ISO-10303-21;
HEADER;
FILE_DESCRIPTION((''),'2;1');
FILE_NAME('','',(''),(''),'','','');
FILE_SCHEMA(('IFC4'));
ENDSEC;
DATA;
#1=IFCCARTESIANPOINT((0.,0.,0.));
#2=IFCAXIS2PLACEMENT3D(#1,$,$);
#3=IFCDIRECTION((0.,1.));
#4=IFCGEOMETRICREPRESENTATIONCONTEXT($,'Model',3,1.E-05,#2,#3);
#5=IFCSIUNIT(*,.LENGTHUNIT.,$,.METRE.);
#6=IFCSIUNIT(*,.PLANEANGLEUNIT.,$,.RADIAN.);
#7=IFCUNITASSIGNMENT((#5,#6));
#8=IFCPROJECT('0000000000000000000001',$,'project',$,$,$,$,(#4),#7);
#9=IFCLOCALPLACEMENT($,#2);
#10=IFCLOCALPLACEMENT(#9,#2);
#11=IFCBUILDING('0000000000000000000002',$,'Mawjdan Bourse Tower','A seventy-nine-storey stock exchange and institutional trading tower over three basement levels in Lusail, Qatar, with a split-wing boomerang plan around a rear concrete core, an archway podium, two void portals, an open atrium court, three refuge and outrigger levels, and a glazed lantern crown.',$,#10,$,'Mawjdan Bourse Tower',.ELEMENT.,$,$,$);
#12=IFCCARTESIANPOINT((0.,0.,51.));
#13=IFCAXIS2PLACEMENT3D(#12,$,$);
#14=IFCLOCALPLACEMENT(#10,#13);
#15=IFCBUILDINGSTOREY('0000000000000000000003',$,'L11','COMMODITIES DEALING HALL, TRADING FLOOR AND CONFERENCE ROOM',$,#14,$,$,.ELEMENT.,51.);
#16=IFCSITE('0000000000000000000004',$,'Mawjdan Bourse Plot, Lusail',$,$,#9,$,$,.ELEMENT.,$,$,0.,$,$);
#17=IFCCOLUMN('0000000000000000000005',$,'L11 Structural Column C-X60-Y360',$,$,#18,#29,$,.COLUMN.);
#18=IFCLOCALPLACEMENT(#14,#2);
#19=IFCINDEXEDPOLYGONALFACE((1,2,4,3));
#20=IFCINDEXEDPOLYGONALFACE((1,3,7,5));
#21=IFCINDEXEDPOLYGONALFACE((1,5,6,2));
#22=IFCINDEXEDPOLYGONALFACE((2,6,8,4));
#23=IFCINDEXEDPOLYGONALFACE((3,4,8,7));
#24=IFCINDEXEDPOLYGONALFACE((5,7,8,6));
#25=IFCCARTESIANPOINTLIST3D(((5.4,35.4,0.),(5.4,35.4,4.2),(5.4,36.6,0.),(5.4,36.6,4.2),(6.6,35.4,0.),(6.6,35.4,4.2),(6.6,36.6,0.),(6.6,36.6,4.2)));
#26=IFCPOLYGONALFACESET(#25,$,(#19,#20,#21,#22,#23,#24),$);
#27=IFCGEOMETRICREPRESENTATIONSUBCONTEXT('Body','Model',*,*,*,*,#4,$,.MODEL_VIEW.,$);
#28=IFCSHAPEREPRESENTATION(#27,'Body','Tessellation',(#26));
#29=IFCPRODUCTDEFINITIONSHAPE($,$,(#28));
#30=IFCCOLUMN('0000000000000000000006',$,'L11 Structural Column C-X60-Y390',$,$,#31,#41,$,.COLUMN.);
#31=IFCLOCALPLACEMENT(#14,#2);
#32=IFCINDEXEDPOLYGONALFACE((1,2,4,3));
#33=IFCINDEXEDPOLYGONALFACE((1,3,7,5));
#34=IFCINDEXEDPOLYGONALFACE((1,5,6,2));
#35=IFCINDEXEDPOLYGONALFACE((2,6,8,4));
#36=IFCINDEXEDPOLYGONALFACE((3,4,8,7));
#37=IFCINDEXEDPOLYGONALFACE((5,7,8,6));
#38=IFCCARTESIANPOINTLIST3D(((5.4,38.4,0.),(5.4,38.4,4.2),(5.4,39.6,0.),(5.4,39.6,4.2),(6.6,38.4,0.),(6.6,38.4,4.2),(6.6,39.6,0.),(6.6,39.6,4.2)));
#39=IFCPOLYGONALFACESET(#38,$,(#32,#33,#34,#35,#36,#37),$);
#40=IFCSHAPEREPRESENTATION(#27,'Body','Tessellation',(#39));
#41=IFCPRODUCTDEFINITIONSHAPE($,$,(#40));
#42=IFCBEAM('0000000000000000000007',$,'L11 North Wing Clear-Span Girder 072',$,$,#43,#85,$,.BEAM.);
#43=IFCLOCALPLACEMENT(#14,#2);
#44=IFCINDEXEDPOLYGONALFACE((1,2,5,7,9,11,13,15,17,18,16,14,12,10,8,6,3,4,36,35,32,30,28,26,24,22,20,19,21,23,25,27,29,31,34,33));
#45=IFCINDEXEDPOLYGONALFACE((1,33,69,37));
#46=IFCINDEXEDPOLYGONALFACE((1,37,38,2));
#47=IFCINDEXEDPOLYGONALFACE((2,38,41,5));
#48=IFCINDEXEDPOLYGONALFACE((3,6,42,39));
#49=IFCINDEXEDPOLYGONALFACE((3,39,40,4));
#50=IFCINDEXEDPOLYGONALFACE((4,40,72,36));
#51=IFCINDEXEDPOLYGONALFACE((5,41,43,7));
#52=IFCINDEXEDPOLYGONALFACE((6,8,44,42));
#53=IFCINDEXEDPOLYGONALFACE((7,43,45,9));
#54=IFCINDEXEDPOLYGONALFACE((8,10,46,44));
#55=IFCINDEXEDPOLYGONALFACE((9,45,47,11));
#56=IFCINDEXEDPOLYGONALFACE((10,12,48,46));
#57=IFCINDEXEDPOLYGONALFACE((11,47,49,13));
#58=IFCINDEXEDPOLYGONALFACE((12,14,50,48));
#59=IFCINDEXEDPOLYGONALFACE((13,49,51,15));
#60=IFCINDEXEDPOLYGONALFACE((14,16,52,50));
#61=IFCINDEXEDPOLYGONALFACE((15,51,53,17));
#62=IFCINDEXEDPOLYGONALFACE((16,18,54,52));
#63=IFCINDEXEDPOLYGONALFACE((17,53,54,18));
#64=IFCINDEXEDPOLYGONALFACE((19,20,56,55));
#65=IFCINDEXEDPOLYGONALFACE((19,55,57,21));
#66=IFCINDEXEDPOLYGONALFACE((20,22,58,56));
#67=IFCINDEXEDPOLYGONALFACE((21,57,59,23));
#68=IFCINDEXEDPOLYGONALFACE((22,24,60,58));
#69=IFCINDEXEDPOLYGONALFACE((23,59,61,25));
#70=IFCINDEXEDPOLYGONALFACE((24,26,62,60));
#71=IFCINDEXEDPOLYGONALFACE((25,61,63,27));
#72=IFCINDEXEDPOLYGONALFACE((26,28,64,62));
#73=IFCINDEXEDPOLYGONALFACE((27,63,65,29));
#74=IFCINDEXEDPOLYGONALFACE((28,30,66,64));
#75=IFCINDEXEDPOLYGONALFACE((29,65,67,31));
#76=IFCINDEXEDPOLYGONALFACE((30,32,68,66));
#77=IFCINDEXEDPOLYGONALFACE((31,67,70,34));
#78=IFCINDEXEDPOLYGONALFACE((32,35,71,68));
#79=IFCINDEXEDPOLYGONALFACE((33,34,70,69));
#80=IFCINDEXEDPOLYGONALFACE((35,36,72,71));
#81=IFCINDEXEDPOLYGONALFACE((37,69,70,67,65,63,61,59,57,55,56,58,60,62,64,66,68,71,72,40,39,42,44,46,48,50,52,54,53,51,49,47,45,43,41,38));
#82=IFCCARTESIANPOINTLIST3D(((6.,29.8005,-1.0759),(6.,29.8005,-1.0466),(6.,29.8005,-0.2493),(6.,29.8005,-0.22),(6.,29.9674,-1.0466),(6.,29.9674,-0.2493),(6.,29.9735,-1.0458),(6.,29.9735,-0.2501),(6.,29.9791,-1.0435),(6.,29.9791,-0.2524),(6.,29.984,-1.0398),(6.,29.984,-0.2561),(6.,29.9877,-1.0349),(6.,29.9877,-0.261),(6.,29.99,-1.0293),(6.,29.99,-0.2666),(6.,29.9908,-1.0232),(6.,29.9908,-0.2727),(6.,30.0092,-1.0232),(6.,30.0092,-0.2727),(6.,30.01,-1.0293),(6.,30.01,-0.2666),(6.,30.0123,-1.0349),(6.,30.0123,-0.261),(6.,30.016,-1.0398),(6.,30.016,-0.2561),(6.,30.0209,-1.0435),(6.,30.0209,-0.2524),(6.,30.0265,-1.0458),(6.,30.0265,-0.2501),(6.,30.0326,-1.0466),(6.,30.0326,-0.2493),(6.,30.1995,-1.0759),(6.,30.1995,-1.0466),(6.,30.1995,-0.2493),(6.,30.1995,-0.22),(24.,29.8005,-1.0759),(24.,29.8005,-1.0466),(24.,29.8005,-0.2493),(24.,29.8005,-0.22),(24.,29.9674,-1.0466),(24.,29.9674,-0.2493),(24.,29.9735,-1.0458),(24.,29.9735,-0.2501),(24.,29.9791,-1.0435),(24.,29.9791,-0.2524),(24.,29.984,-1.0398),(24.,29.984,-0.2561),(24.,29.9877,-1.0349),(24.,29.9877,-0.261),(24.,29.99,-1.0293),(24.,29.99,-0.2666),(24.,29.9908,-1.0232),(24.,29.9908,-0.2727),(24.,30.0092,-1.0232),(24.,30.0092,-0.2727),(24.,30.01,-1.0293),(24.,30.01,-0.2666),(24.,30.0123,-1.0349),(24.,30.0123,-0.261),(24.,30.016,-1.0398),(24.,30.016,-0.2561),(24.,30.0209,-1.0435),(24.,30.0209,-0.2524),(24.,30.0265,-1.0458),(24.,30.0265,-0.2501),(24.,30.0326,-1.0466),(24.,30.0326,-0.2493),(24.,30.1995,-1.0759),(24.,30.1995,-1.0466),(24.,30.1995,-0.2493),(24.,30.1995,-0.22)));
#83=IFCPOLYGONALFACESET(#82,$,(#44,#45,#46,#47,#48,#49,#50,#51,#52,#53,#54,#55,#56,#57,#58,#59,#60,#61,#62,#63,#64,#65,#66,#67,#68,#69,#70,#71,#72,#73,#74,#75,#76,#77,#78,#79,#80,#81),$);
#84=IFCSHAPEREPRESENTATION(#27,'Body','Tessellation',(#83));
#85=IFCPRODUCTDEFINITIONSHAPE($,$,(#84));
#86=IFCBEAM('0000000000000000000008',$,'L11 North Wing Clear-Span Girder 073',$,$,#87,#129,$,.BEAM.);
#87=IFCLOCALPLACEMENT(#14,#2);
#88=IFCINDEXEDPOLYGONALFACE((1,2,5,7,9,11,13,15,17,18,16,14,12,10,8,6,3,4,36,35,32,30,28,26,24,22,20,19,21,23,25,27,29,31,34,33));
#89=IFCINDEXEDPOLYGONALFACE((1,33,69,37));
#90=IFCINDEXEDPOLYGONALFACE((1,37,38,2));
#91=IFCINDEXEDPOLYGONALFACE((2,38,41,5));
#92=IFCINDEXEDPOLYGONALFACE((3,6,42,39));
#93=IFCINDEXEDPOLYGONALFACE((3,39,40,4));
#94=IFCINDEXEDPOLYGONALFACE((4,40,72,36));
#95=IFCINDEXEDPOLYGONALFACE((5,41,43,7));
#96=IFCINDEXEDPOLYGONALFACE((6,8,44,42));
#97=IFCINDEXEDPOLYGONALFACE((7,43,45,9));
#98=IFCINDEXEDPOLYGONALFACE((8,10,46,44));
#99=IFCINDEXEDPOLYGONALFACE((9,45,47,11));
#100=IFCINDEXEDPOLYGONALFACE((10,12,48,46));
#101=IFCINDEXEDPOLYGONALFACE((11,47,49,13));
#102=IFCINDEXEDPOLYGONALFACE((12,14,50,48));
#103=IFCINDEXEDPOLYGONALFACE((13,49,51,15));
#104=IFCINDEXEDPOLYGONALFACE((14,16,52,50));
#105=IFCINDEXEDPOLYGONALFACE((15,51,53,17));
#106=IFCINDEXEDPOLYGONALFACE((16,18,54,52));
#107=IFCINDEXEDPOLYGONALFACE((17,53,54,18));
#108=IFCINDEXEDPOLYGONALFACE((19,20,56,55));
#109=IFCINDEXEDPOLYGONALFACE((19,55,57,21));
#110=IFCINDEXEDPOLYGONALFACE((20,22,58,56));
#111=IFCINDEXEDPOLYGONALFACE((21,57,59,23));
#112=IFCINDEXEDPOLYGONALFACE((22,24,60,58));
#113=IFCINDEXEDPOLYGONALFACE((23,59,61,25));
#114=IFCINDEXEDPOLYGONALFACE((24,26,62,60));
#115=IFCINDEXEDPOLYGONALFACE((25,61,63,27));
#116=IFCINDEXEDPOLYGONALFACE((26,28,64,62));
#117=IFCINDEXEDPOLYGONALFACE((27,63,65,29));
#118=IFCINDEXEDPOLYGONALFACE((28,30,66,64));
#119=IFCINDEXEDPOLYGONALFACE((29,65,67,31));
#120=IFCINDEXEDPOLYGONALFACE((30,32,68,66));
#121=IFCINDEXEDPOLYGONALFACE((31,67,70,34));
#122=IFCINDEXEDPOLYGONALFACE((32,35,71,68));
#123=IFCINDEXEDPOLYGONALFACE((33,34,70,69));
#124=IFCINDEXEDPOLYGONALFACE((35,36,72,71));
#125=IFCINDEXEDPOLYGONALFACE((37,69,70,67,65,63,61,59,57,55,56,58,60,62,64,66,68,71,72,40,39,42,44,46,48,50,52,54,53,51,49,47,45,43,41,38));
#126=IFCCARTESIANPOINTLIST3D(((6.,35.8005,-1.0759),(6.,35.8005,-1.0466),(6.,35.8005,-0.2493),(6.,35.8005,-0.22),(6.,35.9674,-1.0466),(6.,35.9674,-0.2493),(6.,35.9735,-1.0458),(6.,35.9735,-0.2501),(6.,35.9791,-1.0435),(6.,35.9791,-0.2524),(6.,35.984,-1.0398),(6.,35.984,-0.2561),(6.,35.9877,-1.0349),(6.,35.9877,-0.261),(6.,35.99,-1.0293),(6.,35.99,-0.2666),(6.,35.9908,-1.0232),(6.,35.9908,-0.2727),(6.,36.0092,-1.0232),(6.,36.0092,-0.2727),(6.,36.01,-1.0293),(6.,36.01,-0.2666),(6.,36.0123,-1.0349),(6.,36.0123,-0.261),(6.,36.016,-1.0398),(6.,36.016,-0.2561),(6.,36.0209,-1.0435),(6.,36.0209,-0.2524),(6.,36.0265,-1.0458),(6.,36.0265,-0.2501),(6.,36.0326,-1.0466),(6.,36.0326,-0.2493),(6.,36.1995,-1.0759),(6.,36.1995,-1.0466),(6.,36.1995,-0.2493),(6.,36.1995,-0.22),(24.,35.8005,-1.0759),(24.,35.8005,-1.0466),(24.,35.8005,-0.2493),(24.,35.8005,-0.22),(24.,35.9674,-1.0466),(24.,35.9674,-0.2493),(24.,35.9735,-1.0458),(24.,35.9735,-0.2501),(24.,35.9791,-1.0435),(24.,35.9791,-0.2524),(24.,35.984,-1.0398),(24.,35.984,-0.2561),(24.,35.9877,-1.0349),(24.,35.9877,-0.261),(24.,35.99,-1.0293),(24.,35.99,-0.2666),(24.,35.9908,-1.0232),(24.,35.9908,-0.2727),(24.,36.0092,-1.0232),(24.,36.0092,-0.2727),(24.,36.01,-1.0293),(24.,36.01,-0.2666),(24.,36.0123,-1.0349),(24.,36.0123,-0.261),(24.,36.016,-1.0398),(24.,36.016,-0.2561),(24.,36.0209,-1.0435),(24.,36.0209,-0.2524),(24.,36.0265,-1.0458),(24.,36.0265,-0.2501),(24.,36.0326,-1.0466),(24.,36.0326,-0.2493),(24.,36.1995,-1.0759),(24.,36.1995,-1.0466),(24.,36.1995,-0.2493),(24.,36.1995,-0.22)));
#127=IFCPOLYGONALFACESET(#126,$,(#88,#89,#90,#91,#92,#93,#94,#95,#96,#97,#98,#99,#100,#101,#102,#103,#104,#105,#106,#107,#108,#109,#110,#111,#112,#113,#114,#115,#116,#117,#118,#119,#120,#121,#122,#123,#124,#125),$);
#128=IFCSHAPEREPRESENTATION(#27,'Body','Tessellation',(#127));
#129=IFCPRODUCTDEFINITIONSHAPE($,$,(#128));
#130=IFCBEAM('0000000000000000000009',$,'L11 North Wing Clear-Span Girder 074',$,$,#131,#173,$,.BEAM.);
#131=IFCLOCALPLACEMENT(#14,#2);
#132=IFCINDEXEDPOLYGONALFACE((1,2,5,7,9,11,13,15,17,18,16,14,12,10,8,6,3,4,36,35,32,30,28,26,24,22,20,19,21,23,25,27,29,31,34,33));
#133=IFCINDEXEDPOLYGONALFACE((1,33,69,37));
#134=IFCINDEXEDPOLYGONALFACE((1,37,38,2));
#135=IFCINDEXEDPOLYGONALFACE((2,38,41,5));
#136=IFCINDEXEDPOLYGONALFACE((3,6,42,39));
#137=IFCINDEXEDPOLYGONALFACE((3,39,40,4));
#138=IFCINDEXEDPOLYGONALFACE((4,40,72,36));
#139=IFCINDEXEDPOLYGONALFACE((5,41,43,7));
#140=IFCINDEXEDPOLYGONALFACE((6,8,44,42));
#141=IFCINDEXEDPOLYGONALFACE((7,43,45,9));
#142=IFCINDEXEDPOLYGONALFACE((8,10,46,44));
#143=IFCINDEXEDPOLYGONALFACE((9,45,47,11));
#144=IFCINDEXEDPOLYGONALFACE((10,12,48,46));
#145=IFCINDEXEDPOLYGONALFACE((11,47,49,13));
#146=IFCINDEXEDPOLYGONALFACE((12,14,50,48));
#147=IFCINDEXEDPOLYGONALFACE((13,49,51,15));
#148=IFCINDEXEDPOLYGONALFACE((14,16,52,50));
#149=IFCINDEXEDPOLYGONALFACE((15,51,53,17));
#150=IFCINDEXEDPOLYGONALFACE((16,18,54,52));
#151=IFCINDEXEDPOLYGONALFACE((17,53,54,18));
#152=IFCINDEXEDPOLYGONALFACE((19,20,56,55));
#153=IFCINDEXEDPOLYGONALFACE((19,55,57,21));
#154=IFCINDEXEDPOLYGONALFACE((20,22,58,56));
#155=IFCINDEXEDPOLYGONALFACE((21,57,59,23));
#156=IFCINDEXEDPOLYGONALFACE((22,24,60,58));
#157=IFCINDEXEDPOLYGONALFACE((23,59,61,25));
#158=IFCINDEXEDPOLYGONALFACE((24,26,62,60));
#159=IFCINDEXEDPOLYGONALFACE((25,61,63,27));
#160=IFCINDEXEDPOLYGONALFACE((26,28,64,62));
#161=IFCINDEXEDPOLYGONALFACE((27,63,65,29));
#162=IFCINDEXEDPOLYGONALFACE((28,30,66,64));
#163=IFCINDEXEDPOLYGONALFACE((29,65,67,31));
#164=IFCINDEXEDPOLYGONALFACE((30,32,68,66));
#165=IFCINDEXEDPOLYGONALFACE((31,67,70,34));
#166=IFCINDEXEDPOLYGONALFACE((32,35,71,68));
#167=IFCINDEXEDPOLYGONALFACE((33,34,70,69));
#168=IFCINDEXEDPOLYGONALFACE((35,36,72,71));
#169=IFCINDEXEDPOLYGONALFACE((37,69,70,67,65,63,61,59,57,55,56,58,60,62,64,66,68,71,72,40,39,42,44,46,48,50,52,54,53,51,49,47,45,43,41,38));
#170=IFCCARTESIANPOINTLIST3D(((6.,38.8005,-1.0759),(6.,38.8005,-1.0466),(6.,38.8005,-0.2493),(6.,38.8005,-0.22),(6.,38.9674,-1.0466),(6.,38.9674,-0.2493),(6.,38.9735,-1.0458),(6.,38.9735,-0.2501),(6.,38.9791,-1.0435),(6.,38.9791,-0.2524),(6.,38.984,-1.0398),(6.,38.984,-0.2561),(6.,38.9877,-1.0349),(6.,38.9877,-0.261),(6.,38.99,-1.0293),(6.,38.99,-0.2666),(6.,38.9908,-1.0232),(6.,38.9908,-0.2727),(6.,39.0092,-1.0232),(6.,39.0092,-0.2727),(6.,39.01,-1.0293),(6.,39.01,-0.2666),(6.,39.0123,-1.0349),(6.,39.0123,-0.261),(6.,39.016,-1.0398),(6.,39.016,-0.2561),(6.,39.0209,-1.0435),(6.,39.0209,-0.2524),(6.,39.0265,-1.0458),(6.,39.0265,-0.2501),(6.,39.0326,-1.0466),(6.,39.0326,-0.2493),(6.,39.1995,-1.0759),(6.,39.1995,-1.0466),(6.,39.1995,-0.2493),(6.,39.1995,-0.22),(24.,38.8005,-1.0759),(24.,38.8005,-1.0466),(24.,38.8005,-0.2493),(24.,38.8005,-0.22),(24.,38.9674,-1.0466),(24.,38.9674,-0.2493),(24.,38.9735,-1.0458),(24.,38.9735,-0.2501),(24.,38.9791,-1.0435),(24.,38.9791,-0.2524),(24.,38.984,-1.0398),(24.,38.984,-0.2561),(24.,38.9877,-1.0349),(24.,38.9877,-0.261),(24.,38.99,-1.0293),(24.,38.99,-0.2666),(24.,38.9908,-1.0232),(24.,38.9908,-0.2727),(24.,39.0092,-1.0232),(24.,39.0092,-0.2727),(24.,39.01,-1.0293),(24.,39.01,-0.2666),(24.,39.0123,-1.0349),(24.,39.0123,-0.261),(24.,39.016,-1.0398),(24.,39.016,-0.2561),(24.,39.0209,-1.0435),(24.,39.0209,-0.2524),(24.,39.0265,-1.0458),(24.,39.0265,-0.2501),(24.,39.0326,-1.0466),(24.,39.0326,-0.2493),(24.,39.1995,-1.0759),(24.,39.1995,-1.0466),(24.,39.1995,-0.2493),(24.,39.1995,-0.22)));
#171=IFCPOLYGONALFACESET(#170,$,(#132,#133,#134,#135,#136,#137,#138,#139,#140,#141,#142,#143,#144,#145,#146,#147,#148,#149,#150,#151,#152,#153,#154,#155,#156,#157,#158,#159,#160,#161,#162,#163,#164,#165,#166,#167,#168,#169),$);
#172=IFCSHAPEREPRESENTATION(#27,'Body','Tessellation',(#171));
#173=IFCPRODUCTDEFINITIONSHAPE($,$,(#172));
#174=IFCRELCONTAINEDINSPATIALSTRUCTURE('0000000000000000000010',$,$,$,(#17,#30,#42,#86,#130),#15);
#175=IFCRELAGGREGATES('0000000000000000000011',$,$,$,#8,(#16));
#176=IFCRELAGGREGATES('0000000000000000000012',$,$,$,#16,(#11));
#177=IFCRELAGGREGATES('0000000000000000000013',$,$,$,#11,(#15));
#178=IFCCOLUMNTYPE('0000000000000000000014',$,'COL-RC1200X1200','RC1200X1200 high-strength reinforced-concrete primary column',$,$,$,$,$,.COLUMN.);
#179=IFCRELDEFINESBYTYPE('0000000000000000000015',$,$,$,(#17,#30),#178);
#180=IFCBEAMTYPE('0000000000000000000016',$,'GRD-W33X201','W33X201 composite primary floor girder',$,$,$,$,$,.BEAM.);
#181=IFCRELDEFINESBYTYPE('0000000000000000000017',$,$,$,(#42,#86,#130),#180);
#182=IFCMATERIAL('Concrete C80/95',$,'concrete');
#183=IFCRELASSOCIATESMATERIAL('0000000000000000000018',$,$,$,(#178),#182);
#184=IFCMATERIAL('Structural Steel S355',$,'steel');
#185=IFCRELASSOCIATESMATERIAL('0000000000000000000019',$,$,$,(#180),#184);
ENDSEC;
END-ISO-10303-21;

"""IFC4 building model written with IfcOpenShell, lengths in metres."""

from ifc_helpers import new_model, si_unit, direction, frame, origin, origin_2d, place, context, subcontext, project, spatial, rectangle, i_section, extrude, material, material_profile, profile_set, type_object, element, save


model = new_model("IFC4")

# Units and contexts
model_context = context("Model", 3, precision=1e-05, world=origin(), true_north=direction((0.0, 1.0)))
body_context = subcontext(model_context, "Body", "Model", "MODEL_VIEW")
ifc_project = project(units=[si_unit("LENGTHUNIT", "METRE"), si_unit("PLANEANGLEUNIT", "RADIAN")], contexts=[model_context])

# Site, building, storey
site_placement = place(None, origin())
site = spatial("IfcSite", under=ifc_project, at=site_placement, Name="Mawjdan Bourse Plot, Lusail", CompositionType="ELEMENT", RefElevation=0.0)
building_placement = place(site_placement, origin())
building = spatial("IfcBuilding", under=site, at=building_placement, Name="Mawjdan Bourse Tower", Description="A seventy-nine-storey stock exchange and institutional trading tower over three basement levels in Lusail, Qatar, with a split-wing boomerang plan around a rear concrete core, an archway podium, two void portals, an open atrium court, three refuge and outrigger levels, and a glazed lantern crown.", LongName="Mawjdan Bourse Tower", CompositionType="ELEMENT")
storey_placement = place(building_placement, frame((0.0, 0.0, 51.0)))
storey = spatial("IfcBuildingStorey", under=building, at=storey_placement, Name="L11", Description="COMMODITIES DEALING HALL, TRADING FLOOR AND CONFERENCE ROOM", CompositionType="ELEMENT", Elevation=51.0)

# Columns
ifc_material_1 = material(Name="Concrete C80/95", Category="concrete")
ifc_material_profile_1 = material_profile(ifc_material_1, rectangle(XDim=1.2, YDim=1.2, at=origin_2d()), Name="RC1200X1200")
ifc_profile_set_1 = profile_set([ifc_material_profile_1], Name="Concrete C80/95")
column_type = type_object("IfcColumnType", Name="COL-RC1200X1200", Description="RC1200X1200 high-strength reinforced-concrete primary column", PredefinedType="COLUMN", material=ifc_profile_set_1)
for number, where, z_axis, x_axis, name in (
    (1, (6.0, 36.0, 0.0), (0.0, 0.0, 1.0), (1.0, 0.0, 0.0), "L11 Structural Column C-X60-Y360"),
    (2, (6.0, 39.0, 0.0), (0.0, 0.0, 1.0), (1.0, 0.0, 0.0), "L11 Structural Column C-X60-Y390"),
):
    element("IfcColumn", number, at=place(storey_placement, frame(where, z_axis=z_axis, x_axis=x_axis)), inside=storey, type_object=column_type, Name=name, PredefinedType="COLUMN", context=body_context, shape_type="SweptSolid", body=[
        extrude(rectangle(XDim=1.2, YDim=1.2, at=origin_2d()), origin(), (0.0, 0.0, 1.0), 4.2),
    ])

# Beams
ifc_material_2 = material(Name="Structural Steel S355", Category="steel")
ifc_material_profile_2 = material_profile(ifc_material_2, i_section(OverallWidth=0.3989, OverallDepth=0.856, WebThickness=0.0183, FlangeThickness=0.0293, FilletRadius=0.0234, at=origin_2d()), Name="W33X201")
ifc_profile_set_2 = profile_set([ifc_material_profile_2], Name="Structural Steel S355")
beam_type_1 = type_object("IfcBeamType", Name="GRD-W33X201", Description="W33X201 composite primary floor girder", PredefinedType="BEAM", material=ifc_profile_set_2)
for number, where, z_axis, x_axis, name in (
    (3, (6.0, 30.0, -0.6479), (1.0, 0.0, 0.0), (0.0, 1.0, 0.0), "L11 North Wing Clear-Span Girder 072"),
    (4, (6.0, 36.0, -0.6479), (1.0, 0.0, 0.0), (0.0, 1.0, 0.0), "L11 North Wing Clear-Span Girder 073"),
    (5, (6.0, 39.0, -0.6479), (1.0, 0.0, 0.0), (0.0, 1.0, 0.0), "L11 North Wing Clear-Span Girder 074"),
):
    element("IfcBeam", number, at=place(storey_placement, frame(where, z_axis=z_axis, x_axis=x_axis)), inside=storey, type_object=beam_type_1, Name=name, PredefinedType="BEAM", context=body_context, shape_type="SweptSolid", body=[
        extrude(i_section(OverallWidth=0.3989, OverallDepth=0.856, WebThickness=0.0183, FlangeThickness=0.0293, FilletRadius=0.0234, at=origin_2d()), origin(), (0.0, 0.0, 1.0), 18.0),
    ])

save(model, "model.ifc")
